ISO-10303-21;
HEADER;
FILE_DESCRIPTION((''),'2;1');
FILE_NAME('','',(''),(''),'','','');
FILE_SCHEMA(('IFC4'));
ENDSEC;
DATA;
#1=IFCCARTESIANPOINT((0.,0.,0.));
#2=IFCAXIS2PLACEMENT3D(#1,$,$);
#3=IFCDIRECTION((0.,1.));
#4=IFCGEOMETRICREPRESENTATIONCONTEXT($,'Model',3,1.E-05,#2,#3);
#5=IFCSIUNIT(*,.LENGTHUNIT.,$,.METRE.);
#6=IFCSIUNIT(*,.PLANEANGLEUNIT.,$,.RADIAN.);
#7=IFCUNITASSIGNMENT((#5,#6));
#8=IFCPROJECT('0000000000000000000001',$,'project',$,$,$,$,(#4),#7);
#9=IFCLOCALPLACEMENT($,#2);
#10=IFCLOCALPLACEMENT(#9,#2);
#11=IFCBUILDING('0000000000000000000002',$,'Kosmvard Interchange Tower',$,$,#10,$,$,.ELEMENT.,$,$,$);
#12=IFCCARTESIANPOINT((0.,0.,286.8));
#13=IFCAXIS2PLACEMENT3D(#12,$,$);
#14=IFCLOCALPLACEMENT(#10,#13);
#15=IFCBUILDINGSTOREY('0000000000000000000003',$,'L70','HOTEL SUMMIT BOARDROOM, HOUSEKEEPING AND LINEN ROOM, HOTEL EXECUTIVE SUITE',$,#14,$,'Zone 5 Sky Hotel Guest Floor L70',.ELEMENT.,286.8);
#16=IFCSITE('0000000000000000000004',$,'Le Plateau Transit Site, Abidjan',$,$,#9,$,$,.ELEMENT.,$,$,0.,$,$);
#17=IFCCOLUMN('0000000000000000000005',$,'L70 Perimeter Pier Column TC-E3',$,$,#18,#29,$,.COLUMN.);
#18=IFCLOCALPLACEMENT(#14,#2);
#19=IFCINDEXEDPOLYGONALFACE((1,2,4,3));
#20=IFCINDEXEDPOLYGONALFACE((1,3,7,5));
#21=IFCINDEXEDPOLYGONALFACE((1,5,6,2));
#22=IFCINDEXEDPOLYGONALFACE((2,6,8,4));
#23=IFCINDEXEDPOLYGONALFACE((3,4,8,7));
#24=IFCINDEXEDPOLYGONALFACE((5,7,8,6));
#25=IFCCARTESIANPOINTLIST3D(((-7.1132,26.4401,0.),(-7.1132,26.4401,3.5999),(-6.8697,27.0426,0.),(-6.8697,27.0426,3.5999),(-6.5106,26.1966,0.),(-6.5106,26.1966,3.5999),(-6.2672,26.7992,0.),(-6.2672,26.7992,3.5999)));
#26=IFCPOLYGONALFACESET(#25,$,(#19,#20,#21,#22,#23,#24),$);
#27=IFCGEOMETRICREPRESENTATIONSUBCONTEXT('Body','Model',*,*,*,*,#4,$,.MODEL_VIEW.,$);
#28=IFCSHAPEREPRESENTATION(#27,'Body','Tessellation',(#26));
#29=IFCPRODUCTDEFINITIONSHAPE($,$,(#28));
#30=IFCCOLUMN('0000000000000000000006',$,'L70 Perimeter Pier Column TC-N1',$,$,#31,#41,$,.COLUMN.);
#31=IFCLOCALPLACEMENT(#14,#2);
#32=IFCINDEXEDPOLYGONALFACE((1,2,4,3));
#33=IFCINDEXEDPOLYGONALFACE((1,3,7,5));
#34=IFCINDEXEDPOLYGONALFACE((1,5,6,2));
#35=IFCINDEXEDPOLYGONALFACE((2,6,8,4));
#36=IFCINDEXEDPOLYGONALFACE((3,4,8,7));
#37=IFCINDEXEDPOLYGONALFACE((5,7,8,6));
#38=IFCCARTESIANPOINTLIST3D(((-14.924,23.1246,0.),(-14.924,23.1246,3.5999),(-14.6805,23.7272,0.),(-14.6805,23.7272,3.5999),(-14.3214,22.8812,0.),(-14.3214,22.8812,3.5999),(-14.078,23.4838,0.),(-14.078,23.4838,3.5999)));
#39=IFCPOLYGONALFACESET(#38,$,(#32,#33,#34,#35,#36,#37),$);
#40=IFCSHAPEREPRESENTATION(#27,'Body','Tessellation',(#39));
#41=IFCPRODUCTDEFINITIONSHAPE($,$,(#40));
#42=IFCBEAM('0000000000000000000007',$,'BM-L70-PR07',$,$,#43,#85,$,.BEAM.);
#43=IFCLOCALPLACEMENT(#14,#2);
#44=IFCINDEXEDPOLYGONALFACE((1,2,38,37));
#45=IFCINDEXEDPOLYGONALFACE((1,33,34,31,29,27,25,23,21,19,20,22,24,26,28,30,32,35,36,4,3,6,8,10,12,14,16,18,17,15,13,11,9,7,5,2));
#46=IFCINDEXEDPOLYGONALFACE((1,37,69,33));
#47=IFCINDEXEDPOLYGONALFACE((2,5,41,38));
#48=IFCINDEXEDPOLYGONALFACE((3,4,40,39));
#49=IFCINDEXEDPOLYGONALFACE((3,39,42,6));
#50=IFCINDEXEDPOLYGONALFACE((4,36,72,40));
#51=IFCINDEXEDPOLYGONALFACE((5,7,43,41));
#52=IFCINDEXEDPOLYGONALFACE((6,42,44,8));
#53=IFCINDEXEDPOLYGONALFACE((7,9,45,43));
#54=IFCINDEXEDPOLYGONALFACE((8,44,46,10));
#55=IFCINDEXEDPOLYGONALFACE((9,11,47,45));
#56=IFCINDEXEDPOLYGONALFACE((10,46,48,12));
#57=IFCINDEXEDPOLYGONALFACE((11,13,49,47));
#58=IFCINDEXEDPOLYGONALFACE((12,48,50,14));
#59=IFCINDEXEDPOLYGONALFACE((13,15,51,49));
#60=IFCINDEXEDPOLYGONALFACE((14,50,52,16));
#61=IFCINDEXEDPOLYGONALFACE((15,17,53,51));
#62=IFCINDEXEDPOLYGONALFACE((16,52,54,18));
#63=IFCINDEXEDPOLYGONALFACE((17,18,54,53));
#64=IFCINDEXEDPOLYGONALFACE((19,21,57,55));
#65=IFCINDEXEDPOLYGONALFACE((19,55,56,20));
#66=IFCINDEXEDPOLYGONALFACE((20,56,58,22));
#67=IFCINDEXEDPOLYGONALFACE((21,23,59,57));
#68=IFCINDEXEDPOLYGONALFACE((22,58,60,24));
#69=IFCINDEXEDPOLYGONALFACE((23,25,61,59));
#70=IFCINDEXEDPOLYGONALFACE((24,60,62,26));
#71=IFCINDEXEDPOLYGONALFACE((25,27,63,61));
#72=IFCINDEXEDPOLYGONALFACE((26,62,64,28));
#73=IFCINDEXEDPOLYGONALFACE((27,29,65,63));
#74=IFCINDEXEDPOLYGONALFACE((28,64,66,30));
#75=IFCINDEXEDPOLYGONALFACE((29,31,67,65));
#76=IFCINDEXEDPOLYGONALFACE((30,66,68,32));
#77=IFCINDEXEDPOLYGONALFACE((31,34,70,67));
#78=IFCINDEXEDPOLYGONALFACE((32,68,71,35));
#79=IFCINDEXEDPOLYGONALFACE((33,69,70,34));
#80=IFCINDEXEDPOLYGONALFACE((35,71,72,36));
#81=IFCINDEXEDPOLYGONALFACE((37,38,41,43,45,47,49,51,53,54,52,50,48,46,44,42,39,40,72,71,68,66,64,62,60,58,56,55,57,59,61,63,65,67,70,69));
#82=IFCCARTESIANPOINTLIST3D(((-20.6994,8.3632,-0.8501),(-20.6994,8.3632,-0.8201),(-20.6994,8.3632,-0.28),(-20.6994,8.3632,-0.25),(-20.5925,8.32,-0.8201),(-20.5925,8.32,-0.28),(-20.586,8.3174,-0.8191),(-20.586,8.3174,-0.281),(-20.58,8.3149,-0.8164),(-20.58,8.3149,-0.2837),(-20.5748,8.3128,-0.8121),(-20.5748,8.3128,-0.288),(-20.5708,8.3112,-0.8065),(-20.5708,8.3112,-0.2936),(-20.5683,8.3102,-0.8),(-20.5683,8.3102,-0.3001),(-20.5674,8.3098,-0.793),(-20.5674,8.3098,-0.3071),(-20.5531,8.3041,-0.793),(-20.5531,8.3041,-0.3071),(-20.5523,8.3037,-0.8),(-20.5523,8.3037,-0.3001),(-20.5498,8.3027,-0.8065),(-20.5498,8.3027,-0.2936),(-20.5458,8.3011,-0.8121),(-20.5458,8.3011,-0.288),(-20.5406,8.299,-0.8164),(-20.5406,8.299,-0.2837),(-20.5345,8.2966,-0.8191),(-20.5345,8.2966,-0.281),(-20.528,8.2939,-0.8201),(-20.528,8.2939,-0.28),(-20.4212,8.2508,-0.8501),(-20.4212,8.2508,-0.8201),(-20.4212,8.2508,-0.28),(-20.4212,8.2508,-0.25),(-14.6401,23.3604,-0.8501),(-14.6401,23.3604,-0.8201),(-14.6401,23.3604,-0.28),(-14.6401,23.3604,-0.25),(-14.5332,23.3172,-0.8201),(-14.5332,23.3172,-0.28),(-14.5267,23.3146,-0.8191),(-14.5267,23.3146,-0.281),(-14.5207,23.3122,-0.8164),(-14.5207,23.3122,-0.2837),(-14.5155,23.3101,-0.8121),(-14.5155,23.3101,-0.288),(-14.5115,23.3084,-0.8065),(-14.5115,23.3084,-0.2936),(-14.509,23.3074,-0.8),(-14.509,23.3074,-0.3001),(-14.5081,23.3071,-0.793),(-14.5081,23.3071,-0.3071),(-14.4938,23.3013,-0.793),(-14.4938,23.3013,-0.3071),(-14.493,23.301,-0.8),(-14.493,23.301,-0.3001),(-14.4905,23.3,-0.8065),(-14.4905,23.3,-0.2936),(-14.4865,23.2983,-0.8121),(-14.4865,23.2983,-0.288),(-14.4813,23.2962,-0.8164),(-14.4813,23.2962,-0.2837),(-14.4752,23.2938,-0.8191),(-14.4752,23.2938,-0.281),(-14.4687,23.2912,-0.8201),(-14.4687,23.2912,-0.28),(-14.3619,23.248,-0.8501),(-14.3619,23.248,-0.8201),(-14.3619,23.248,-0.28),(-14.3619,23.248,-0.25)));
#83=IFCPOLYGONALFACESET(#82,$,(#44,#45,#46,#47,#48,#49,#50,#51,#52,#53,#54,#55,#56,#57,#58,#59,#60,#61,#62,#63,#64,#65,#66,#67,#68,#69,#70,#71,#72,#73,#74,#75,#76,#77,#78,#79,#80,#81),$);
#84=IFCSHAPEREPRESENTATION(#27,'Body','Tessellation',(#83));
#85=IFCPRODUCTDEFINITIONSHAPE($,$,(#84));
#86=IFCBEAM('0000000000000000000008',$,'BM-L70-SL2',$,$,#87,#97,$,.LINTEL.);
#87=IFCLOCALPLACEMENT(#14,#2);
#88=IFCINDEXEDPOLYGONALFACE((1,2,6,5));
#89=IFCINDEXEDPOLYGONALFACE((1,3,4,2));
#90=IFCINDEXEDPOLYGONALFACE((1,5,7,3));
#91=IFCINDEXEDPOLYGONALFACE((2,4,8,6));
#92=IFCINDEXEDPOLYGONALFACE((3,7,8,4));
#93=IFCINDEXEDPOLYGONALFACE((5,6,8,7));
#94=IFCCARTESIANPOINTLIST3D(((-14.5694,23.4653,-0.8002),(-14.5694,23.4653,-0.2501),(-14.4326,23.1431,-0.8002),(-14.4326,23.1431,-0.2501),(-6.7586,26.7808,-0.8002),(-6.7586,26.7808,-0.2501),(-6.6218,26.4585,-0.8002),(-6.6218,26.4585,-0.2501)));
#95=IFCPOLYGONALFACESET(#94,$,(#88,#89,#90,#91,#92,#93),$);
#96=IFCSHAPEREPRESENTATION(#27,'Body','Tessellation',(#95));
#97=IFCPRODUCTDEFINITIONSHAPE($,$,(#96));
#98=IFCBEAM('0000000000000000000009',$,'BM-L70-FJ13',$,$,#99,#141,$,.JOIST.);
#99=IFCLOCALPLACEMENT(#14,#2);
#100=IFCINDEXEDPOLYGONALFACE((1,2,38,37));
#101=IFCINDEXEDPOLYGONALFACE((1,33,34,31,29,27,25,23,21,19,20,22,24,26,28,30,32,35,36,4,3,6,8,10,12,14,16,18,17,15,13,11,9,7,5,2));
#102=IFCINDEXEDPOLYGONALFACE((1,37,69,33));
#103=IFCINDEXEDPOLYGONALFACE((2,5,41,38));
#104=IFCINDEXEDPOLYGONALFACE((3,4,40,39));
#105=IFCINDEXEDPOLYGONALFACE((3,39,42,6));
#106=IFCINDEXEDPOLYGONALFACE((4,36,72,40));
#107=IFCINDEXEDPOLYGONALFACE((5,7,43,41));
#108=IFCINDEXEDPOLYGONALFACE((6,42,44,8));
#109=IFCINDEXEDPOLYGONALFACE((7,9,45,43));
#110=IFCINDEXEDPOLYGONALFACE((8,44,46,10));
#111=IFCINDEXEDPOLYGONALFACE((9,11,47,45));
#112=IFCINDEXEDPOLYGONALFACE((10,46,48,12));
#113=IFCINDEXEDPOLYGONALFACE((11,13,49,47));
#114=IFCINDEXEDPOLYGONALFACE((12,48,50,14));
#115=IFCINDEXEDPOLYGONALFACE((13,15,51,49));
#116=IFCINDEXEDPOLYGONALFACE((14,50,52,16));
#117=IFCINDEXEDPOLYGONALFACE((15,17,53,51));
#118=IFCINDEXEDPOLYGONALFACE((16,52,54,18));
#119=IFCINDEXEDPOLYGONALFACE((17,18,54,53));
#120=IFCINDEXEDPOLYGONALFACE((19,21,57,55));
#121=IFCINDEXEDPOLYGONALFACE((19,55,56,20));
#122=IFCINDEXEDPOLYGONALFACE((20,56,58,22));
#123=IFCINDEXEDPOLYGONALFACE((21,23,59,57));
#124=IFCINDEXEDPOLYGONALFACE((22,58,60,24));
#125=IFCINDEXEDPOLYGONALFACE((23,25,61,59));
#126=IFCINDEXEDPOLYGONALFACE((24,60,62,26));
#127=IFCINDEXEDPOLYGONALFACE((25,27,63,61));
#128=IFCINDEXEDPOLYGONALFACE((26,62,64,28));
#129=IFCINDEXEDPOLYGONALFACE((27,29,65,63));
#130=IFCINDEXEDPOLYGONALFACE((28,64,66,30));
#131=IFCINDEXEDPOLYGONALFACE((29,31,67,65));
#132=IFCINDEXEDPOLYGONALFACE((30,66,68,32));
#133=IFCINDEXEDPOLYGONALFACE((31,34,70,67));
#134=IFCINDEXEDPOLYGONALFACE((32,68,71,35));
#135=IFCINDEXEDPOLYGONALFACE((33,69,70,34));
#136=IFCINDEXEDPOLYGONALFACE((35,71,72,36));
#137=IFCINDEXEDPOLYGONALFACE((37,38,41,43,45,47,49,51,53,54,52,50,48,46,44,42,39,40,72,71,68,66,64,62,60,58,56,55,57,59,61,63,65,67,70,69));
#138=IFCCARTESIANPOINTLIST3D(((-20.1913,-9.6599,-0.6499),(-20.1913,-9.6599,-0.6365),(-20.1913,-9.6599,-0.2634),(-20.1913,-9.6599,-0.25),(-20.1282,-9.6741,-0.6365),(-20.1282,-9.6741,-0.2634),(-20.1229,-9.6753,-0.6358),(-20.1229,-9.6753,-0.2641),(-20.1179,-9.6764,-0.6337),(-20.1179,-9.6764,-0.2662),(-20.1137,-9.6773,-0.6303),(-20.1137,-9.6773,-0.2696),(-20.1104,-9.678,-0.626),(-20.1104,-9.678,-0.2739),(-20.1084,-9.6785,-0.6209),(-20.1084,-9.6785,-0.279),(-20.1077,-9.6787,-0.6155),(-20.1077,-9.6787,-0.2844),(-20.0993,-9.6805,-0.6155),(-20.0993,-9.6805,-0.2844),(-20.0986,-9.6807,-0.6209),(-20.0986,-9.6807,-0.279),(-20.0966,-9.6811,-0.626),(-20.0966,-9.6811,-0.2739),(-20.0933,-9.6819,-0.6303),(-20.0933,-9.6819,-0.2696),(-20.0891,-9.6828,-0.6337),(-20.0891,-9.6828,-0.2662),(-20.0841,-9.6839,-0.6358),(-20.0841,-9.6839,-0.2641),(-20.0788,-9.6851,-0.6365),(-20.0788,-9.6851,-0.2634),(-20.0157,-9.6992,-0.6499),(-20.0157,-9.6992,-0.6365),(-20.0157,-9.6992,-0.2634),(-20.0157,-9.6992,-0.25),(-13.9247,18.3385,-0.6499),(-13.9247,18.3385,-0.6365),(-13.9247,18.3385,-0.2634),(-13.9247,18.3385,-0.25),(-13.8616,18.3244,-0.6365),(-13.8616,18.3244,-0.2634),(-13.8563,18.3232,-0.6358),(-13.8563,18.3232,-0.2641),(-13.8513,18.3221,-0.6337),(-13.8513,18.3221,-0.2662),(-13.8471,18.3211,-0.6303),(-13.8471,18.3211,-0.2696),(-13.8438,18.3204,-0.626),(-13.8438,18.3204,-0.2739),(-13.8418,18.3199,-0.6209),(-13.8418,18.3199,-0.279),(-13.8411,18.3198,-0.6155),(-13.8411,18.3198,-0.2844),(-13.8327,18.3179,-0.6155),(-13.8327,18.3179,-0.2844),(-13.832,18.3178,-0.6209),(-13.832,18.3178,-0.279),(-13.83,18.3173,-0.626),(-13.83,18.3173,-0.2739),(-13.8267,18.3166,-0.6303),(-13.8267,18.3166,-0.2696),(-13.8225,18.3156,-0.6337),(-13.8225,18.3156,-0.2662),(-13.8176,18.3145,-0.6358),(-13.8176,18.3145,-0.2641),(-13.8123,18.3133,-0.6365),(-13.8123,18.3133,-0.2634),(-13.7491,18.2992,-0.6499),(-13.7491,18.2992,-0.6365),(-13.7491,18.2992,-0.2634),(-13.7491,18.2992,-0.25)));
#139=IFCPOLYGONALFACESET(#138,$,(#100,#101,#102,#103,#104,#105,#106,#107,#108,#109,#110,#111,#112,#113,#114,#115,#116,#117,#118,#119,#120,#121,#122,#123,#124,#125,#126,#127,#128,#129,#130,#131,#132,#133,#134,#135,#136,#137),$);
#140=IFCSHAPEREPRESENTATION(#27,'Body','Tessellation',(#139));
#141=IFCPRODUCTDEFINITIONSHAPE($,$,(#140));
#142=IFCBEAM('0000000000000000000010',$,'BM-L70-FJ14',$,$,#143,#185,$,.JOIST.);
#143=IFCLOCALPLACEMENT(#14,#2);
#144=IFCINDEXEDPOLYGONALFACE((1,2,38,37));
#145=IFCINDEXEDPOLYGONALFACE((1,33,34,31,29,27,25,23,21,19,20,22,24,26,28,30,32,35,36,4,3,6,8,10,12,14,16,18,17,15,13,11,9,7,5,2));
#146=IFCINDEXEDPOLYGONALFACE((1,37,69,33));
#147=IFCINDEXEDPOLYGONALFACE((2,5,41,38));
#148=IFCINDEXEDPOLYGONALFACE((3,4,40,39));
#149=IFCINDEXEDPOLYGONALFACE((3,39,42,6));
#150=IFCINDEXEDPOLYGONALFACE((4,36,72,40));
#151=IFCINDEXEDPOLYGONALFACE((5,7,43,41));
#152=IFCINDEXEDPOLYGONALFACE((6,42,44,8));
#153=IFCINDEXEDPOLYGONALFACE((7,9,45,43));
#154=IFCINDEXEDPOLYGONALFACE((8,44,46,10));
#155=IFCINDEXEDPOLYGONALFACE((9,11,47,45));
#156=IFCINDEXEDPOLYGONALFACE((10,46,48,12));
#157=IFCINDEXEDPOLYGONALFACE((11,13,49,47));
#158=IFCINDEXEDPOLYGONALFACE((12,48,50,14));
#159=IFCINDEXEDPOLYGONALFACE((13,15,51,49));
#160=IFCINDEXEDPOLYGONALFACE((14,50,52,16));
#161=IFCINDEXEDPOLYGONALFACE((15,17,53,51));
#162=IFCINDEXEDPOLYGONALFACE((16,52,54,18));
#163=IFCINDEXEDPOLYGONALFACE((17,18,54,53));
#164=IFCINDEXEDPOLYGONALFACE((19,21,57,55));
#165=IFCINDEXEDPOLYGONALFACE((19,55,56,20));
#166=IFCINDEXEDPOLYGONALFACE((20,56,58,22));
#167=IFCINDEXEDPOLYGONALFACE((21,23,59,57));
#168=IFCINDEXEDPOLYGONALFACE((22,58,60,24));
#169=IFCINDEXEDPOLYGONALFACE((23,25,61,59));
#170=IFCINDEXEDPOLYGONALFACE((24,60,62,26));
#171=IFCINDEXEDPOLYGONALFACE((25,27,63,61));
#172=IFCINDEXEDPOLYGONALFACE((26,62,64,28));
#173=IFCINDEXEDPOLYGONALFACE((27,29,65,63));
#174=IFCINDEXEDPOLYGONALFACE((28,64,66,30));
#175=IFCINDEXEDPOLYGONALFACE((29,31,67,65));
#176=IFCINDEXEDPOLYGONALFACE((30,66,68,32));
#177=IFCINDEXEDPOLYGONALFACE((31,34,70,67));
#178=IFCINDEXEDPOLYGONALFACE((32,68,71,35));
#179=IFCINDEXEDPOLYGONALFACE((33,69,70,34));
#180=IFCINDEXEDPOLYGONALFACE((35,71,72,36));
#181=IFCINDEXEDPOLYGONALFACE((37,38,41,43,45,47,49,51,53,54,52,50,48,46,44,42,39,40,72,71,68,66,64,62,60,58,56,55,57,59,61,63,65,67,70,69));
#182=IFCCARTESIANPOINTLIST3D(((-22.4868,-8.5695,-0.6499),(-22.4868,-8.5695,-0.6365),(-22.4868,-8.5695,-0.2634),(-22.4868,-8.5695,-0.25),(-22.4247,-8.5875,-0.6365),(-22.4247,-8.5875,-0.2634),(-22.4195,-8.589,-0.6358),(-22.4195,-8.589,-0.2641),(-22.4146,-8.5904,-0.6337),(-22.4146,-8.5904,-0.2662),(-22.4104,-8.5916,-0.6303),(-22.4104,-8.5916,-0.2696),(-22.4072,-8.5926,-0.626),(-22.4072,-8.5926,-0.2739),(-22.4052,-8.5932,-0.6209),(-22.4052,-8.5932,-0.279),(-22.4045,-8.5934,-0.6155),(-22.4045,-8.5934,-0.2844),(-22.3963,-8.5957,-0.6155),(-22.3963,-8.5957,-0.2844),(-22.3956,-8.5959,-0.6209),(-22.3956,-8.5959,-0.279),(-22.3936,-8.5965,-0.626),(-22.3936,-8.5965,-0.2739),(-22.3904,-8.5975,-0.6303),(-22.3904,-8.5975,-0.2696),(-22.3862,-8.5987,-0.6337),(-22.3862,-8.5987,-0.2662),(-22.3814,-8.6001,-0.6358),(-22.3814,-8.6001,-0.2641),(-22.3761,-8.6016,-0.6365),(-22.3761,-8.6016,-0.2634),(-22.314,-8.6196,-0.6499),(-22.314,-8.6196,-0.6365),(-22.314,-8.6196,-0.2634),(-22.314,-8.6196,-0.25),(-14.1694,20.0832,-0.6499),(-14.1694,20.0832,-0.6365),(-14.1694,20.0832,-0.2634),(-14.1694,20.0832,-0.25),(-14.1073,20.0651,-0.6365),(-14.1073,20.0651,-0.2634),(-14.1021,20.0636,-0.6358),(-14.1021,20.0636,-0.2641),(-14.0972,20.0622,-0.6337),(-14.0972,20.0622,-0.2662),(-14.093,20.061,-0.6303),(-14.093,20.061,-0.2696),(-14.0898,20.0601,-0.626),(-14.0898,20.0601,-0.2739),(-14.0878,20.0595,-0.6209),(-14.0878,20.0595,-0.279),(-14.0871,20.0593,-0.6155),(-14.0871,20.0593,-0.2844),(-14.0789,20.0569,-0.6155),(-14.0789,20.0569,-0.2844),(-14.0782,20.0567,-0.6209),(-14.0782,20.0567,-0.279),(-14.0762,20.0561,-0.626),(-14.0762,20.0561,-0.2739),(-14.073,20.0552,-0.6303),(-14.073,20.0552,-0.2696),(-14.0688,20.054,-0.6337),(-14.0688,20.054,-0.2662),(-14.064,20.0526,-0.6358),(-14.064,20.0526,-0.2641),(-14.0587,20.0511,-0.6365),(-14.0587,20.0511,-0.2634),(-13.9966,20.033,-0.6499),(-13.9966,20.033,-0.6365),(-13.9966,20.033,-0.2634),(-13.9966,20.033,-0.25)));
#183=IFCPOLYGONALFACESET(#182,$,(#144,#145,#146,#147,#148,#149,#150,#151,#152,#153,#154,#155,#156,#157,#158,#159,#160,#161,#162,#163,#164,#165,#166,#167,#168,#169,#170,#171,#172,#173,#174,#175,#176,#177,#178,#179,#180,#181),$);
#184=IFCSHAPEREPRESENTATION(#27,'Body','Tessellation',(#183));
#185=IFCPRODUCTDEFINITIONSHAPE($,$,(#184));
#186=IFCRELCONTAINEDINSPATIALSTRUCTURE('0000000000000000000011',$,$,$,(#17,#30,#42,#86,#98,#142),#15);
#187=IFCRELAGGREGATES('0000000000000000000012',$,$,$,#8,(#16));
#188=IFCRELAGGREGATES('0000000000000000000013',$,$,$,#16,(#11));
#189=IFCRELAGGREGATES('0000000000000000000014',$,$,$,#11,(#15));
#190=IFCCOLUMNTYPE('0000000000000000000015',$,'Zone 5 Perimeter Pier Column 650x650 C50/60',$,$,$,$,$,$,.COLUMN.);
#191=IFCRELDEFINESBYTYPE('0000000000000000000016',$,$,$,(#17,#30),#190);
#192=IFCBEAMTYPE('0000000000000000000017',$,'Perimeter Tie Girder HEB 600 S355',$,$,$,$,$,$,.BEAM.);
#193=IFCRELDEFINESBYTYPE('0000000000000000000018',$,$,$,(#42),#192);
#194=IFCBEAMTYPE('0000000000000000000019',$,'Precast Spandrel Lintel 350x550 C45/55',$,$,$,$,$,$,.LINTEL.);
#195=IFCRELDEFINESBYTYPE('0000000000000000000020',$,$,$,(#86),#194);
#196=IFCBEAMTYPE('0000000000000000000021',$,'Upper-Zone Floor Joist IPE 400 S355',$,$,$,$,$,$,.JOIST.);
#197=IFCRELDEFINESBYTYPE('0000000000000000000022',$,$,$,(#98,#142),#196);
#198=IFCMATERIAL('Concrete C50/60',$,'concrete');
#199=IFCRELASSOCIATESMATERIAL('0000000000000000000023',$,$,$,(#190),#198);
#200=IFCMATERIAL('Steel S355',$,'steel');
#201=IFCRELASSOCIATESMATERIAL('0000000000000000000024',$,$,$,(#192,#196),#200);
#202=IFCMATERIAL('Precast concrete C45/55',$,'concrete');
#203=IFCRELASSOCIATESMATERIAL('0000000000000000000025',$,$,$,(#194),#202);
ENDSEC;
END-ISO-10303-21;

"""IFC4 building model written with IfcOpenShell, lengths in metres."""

from ifc_helpers import new_model, si_unit, direction, frame, origin, origin_2d, place, context, subcontext, project, spatial, rectangle, i_section, extrude, source, transform, mapped, material, material_profile, profile_set, type_object, element, save


model = new_model("IFC4")

# Units and contexts
model_context = context("Model", 3, precision=1e-05, world=origin(), true_north=direction((0.0, 1.0)))
body_context = subcontext(model_context, "Body", "Model", "MODEL_VIEW")
ifc_project = project(units=[si_unit("LENGTHUNIT", "METRE"), si_unit("PLANEANGLEUNIT", "RADIAN")], contexts=[model_context])

# Site, building, storey
site_placement = place(None, origin())
site = spatial("IfcSite", under=ifc_project, at=site_placement, Name="Le Plateau Transit Site, Abidjan", CompositionType="ELEMENT", RefElevation=0.0)
building_placement = place(site_placement, origin())
building = spatial("IfcBuilding", under=site, at=building_placement, Name="Kosmvard Interchange Tower", CompositionType="ELEMENT")
storey_placement = place(building_placement, frame((0.0, 0.0, 286.8)))
storey = spatial("IfcBuildingStorey", under=building, at=storey_placement, Name="L70", Description="HOTEL SUMMIT BOARDROOM, HOUSEKEEPING AND LINEN ROOM, HOTEL EXECUTIVE SUITE", LongName="Zone 5 Sky Hotel Guest Floor L70", CompositionType="ELEMENT", Elevation=286.8)

# Columns
ifc_material_1 = material(Name="Concrete C50/60", Category="concrete")
ifc_material_profile_1 = material_profile(ifc_material_1, rectangle(XDim=0.6499, YDim=0.6499, at=origin_2d()), Name="TC 650x650")
ifc_profile_set_1 = profile_set([ifc_material_profile_1], Name="Concrete C50/60")
column_type = type_object("IfcColumnType", Name="Zone 5 Perimeter Pier Column 650x650 C50/60", PredefinedType="COLUMN", material=ifc_profile_set_1)
shared_shape_1 = source(origin(), body_context, "Body", "SweptSolid", [
    extrude(rectangle(XDim=0.6499, YDim=0.6499, at=origin_2d()), origin(), (0.0, 0.0, 1.0), 3.5999),
])
for number, where, z_axis, x_axis, name in (
    (1, (-6.6902, 26.6196, 0.0), (0.0, 0.0, 1.0), (0.374607, 0.927184, 0.0), "L70 Perimeter Pier Column TC-E3"),
    (2, (-14.501, 23.3042, 0.0), (0.0, 0.0, 1.0), (0.374607, 0.927184, 0.0), "L70 Perimeter Pier Column TC-N1"),
):
    element("IfcColumn", number, at=place(storey_placement, frame(where, z_axis=z_axis, x_axis=x_axis)), inside=storey, type_object=column_type, Name=name, PredefinedType="COLUMN", context=body_context, shape_type="MappedRepresentation", body=[
        mapped(shared_shape_1, transform((0.0, 0.0, 0.0), scale=1.0)),
    ])

# Beams
ifc_material_2 = material(Name="Steel S355", Category="steel")
ifc_material_profile_2 = material_profile(ifc_material_2, i_section(OverallWidth=0.3, OverallDepth=0.6001, WebThickness=0.0154, FlangeThickness=0.03, FilletRadius=0.0271, at=origin_2d()), Name="HEB 600")
ifc_profile_set_2 = profile_set([ifc_material_profile_2], Name="Steel S355")
beam_type_1 = type_object("IfcBeamType", Name="Perimeter Tie Girder HEB 600 S355", PredefinedType="BEAM", material=ifc_profile_set_2)
shared_shape_2 = source(origin(), body_context, "Body", "SweptSolid", [
    extrude(i_section(OverallWidth=0.3, OverallDepth=0.6001, WebThickness=0.0154, FlangeThickness=0.03, FilletRadius=0.0271, at=origin_2d()), origin(), (0.0, 0.0, 1.0), 16.175),
])
beam_1_placement = place(storey_placement, frame((-14.501, 23.3042, -0.55), z_axis=(-0.374608, -0.927183, 0.0), x_axis=(0.927183, -0.374608, 0.0)))
element("IfcBeam", 3, at=beam_1_placement, inside=storey, type_object=beam_type_1, Name="BM-L70-PR07", PredefinedType="BEAM", context=body_context, shape_type="MappedRepresentation", body=[
    mapped(shared_shape_2, transform((0.0, 0.0, 0.0), scale=1.0)),
])
ifc_material_3 = material(Name="Precast concrete C45/55", Category="concrete")
ifc_material_profile_3 = material_profile(ifc_material_3, rectangle(XDim=0.3501, YDim=0.55, at=origin_2d()), Name="SL 350x550")
ifc_profile_set_3 = profile_set([ifc_material_profile_3], Name="Precast concrete C45/55")
beam_type_2 = type_object("IfcBeamType", Name="Precast Spandrel Lintel 350x550 C45/55", PredefinedType="LINTEL", material=ifc_profile_set_3)
shared_shape_3 = source(origin(), body_context, "Body", "SweptSolid", [
    extrude(rectangle(XDim=0.3501, YDim=0.55, at=origin_2d()), origin(), (0.0, 0.0, 1.0), 8.4854),
])
beam_2_placement = place(storey_placement, frame((-6.6902, 26.6196, -0.5251), z_axis=(-0.920507, -0.390726, 0.0), x_axis=(0.390726, -0.920507, 0.0)))
element("IfcBeam", 4, at=beam_2_placement, inside=storey, type_object=beam_type_2, Name="BM-L70-SL2", PredefinedType="LINTEL", context=body_context, shape_type="MappedRepresentation", body=[
    mapped(shared_shape_3, transform((0.0, 0.0, 0.0), scale=1.0)),
])
ifc_material_profile_4 = material_profile(ifc_material_2, i_section(OverallWidth=0.1799, OverallDepth=0.3999, WebThickness=0.0085, FlangeThickness=0.0134, FilletRadius=0.021, at=origin_2d()), Name="IPE 400")
ifc_profile_set_4 = profile_set([ifc_material_profile_4], Name="Steel S355")
beam_type_3 = type_object("IfcBeamType", Name="Upper-Zone Floor Joist IPE 400 S355", PredefinedType="JOIST", material=ifc_profile_set_4)
shared_shape_4 = source(origin(), body_context, "Body", "SweptSolid", [
    extrude(i_section(OverallWidth=0.1799, OverallDepth=0.3999, WebThickness=0.0085, FlangeThickness=0.0134, FilletRadius=0.021, at=origin_2d()), origin(), (0.0, 0.0, 1.0), 28.6912),
])
beam_3_placement = place(storey_placement, frame((-13.8369, 18.3188, -0.45), z_axis=(-0.218415, -0.975856, 0.0), x_axis=(0.975856, -0.218415, 0.0)))
element("IfcBeam", 5, at=beam_3_placement, inside=storey, type_object=beam_type_3, Name="BM-L70-FJ13", PredefinedType="JOIST", context=body_context, shape_type="MappedRepresentation", body=[
    mapped(shared_shape_4, transform((0.0, 0.0, 0.0), scale=1.0)),
])
shared_shape_5 = source(origin(), body_context, "Body", "SweptSolid", [
    extrude(i_section(OverallWidth=0.1799, OverallDepth=0.3999, WebThickness=0.0085, FlangeThickness=0.0134, FilletRadius=0.021, at=origin_2d()), origin(), (0.0, 0.0, 1.0), 29.8354),
])
beam_4_placement = place(storey_placement, frame((-14.083, 20.0581, -0.45), z_axis=(-0.278776, -0.960356, 0.0), x_axis=(0.960356, -0.278776, 0.0)))
element("IfcBeam", 6, at=beam_4_placement, inside=storey, type_object=beam_type_3, Name="BM-L70-FJ14", PredefinedType="JOIST", context=body_context, shape_type="MappedRepresentation", body=[
    mapped(shared_shape_5, transform((0.0, 0.0, 0.0), scale=1.0)),
])

save(model, "model.ifc")
